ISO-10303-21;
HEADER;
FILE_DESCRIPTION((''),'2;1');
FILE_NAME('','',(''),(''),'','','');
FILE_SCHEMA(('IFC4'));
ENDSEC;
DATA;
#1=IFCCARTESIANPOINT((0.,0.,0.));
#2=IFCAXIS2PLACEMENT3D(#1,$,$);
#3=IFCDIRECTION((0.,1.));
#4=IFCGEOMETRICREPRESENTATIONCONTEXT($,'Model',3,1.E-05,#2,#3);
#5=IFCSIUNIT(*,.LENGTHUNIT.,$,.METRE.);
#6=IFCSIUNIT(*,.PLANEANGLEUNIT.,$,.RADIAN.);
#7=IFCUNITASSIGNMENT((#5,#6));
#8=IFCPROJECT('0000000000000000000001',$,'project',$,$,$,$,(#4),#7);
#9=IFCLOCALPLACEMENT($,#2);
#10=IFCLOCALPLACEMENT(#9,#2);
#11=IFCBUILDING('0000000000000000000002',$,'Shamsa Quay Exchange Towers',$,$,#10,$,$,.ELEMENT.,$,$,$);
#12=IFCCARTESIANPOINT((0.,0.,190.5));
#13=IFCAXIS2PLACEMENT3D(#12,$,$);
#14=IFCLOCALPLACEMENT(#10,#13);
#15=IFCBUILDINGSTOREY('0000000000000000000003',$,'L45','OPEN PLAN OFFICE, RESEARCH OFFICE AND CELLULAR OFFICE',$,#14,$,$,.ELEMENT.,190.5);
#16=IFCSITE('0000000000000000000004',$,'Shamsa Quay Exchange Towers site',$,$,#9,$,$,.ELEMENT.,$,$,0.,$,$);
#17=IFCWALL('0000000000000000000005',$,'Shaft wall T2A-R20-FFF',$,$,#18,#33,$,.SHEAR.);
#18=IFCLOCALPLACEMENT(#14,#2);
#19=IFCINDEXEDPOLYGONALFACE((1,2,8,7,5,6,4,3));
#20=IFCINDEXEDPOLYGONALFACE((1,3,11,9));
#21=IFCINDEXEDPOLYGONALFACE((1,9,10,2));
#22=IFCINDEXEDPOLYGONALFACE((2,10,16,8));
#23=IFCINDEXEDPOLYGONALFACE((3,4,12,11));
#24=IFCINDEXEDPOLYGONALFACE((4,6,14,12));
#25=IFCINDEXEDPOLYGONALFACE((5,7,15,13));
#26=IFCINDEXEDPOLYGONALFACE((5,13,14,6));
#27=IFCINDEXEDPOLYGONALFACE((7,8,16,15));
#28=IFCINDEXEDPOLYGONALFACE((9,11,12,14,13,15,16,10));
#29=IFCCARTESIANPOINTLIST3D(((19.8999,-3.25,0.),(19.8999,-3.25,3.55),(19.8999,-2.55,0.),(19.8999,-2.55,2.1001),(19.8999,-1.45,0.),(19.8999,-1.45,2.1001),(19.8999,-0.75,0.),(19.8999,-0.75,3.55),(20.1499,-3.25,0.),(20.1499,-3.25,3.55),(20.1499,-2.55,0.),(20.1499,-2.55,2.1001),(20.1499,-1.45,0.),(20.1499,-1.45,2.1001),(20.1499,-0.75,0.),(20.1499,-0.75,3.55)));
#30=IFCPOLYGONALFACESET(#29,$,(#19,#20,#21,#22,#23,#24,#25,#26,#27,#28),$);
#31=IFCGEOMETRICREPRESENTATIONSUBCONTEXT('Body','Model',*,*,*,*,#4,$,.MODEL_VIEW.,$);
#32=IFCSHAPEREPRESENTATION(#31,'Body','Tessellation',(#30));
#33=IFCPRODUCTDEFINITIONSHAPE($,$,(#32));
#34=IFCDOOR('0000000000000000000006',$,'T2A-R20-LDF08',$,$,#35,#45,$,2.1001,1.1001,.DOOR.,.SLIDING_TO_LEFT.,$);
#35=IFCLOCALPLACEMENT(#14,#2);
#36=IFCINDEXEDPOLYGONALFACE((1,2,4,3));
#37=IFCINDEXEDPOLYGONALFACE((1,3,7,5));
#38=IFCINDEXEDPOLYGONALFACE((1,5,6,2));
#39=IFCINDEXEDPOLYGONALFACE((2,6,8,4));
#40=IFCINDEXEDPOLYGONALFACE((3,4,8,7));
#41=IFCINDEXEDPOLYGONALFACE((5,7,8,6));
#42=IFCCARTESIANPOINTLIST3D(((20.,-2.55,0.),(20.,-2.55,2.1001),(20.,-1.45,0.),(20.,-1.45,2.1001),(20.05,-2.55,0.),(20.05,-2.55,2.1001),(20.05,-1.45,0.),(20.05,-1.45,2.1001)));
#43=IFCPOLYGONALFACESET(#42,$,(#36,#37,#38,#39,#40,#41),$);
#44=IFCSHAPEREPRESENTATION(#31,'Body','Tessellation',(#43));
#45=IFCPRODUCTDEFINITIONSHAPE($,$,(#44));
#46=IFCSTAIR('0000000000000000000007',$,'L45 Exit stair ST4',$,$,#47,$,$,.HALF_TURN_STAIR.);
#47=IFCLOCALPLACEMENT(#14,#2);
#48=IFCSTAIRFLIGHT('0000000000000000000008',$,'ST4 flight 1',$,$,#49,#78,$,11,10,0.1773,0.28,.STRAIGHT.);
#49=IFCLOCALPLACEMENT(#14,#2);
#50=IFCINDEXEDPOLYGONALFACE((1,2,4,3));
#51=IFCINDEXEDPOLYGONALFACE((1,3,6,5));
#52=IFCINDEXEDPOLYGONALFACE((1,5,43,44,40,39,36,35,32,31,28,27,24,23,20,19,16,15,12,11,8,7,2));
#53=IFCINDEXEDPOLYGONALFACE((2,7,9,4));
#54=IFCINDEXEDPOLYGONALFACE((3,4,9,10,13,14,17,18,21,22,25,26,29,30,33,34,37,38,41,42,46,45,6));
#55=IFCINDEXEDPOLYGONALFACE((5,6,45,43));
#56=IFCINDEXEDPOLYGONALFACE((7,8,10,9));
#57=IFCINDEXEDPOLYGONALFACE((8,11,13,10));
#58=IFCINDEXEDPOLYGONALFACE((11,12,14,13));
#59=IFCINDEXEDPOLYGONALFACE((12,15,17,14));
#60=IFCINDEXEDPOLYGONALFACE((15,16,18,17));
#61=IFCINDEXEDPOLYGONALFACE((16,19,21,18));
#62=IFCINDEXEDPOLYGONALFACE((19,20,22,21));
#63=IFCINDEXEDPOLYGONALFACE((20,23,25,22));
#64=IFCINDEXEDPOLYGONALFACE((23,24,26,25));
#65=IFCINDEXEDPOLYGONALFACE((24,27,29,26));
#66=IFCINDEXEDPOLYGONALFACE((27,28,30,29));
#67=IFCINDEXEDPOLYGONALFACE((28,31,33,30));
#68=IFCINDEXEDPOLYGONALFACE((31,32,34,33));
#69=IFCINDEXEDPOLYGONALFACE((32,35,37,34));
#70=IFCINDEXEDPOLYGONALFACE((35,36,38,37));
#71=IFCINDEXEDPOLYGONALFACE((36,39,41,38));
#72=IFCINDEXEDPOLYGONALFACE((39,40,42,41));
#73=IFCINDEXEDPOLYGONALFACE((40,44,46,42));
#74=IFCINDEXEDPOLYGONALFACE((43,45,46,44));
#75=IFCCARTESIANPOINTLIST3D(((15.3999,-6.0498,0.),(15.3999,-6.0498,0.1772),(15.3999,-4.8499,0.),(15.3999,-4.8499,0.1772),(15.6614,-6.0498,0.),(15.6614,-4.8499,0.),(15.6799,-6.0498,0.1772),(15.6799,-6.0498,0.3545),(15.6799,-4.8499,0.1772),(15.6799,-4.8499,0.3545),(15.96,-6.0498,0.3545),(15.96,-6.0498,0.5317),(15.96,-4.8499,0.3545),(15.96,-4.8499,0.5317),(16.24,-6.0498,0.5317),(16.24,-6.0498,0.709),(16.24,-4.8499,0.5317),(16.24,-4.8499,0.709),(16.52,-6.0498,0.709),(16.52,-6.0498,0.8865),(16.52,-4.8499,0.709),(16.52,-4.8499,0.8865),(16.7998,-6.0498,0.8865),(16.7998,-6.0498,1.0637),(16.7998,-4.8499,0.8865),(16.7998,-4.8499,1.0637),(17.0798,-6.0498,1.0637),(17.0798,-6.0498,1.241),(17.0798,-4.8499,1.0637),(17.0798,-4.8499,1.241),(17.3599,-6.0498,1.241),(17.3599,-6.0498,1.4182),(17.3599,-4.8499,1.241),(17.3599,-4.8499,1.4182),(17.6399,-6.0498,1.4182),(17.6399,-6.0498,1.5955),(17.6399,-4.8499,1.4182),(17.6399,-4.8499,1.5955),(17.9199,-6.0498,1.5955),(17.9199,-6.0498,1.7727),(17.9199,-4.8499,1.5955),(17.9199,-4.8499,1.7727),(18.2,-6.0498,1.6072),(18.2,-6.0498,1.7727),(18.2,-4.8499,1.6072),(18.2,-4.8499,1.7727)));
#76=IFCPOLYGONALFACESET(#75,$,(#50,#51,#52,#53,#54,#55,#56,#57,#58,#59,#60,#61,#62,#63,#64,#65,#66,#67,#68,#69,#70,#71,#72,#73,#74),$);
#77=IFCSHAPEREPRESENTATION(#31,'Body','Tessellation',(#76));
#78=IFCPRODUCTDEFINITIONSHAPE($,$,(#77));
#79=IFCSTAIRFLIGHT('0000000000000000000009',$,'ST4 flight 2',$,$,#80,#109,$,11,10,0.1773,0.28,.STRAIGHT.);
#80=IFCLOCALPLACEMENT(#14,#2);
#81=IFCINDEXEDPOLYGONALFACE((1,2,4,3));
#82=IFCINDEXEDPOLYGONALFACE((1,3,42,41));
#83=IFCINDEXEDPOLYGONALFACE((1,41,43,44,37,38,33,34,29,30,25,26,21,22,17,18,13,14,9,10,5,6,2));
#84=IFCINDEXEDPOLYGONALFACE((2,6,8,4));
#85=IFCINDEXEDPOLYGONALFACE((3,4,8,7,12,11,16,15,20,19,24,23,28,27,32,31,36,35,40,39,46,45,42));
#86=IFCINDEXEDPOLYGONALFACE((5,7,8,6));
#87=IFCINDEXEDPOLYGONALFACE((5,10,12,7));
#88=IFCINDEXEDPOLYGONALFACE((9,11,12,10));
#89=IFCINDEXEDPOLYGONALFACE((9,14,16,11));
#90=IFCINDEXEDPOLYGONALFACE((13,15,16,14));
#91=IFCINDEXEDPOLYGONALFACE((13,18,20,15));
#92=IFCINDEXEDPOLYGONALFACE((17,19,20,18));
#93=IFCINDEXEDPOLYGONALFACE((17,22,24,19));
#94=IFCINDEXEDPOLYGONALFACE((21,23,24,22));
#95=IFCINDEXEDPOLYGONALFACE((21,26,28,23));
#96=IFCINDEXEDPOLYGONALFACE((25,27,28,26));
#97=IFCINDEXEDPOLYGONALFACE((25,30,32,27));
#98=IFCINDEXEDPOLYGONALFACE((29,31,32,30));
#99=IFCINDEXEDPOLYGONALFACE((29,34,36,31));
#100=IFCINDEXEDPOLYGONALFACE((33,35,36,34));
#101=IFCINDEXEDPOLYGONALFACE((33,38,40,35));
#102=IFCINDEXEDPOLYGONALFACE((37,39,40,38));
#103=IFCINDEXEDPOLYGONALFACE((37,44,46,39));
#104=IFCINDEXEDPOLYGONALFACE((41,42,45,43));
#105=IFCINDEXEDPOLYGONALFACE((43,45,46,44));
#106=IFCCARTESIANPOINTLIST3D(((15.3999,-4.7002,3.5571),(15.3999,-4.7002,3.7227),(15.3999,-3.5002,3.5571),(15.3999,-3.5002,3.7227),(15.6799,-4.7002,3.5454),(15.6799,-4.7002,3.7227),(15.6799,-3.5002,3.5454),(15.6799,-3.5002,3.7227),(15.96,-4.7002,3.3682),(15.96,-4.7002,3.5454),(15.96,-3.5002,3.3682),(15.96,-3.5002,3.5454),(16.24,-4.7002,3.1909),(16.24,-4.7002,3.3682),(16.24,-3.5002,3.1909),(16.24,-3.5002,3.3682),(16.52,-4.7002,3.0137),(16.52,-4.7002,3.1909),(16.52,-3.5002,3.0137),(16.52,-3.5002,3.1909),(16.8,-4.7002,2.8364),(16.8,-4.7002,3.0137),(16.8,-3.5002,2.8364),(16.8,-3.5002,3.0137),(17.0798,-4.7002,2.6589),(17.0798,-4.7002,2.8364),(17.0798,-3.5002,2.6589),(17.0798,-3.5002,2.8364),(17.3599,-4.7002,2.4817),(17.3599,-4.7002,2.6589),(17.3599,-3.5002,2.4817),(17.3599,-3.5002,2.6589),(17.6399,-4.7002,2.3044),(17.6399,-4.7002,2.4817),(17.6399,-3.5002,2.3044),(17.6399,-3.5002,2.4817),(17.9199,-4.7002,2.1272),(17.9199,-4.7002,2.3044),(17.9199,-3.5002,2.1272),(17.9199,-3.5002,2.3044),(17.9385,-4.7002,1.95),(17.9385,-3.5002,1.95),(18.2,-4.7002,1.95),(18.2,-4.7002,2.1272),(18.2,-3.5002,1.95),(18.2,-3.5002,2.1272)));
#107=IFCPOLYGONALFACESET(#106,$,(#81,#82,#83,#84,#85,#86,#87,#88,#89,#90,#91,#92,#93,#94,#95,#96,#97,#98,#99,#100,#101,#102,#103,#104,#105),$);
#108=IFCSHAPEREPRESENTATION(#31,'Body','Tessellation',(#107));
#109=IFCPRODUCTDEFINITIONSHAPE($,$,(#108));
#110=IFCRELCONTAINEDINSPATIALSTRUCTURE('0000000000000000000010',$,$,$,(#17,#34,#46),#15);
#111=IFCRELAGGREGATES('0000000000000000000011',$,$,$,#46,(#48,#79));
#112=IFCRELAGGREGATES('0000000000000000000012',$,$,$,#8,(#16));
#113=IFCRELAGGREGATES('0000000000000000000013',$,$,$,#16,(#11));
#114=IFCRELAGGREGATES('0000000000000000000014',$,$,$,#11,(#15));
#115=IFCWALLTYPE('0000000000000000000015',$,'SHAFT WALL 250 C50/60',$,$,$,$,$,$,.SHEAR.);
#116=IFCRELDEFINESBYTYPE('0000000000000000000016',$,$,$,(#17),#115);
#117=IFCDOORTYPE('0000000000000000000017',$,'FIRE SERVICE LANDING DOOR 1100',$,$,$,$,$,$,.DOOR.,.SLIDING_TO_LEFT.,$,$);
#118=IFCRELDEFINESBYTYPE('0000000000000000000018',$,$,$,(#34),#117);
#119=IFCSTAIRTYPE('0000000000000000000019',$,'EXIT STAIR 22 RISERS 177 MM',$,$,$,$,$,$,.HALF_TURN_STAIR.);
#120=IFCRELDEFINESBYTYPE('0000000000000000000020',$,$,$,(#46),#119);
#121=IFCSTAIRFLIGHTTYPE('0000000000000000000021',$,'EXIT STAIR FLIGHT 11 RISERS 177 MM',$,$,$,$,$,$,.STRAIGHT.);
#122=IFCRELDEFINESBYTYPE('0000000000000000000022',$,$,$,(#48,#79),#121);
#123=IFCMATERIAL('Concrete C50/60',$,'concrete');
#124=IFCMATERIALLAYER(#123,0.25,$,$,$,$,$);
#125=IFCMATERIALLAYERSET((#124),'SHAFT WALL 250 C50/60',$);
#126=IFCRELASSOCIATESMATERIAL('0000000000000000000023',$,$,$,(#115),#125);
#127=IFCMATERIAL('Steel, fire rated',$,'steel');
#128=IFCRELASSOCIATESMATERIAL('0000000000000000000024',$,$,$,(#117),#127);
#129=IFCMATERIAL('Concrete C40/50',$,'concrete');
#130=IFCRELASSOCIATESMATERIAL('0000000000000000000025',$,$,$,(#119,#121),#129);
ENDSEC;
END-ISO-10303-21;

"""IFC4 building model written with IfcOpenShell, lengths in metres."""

from ifc_helpers import new_model, si_unit, direction, frame, frame_2d, origin, place, context, subcontext, project, spatial, polyline, rectangle, outline, extrude, material, layer, layer_set, type_object, element, fill, aggregate, save


model = new_model("IFC4")

# Units and contexts
model_context = context("Model", 3, precision=1e-05, world=origin(), true_north=direction((0.0, 1.0)))
body_context = subcontext(model_context, "Body", "Model", "MODEL_VIEW")
ifc_project = project(units=[si_unit("LENGTHUNIT", "METRE"), si_unit("PLANEANGLEUNIT", "RADIAN")], contexts=[model_context])

# Site, building, storey
site_placement = place(None, origin())
site = spatial("IfcSite", under=ifc_project, at=site_placement, Name="Shamsa Quay Exchange Towers site", CompositionType="ELEMENT", RefElevation=0.0)
building_placement = place(site_placement, origin())
building = spatial("IfcBuilding", under=site, at=building_placement, Name="Shamsa Quay Exchange Towers", CompositionType="ELEMENT")
storey_placement = place(building_placement, frame((0.0, 0.0, 190.5)))
storey = spatial("IfcBuildingStorey", under=building, at=storey_placement, Name="L45", Description="OPEN PLAN OFFICE, RESEARCH OFFICE AND CELLULAR OFFICE", CompositionType="ELEMENT", Elevation=190.5)

# Shared definitions
ifc_material_1 = material(Name="Concrete C50/60", Category="concrete")
ifc_layer_1 = layer(ifc_material_1, 0.25)
ifc_layer_set_1 = layer_set([ifc_layer_1], Name="SHAFT WALL 250 C50/60")
wall_type_1 = type_object("IfcWallType", Name="SHAFT WALL 250 C50/60", PredefinedType="SHEAR", material=ifc_layer_set_1)

# Wall, opening, door
wall_1_placement = place(storey_placement, frame((20.0249, -3.25, 0.0), z_axis=(0.0, 0.0, 1.0), x_axis=(0.0, 1.0, 0.0)))
wall_1 = element("IfcWall", 1, at=wall_1_placement, inside=storey, type_object=wall_type_1, Name="Shaft wall T2A-R20-FFF", PredefinedType="SHEAR", context=body_context, shape_type="SweptSolid", body=[
    extrude(rectangle(XDim=2.5, YDim=0.25, at=frame_2d((1.25, 0.0))), origin(), (0.0, 0.0, 1.0), 3.55),
])
opening_placement = place(wall_1_placement, frame((0.7, 0.0, 0.0)))
opening = element("IfcOpeningElement", 2, at=opening_placement, cuts=wall_1, PredefinedType="OPENING", context=body_context, shape_type="SweptSolid", body=[
    extrude(rectangle(XDim=1.1001, YDim=2.1001, at=frame_2d((0.55, 1.05))), frame((0.0, 0.135, 0.0), z_axis=(0.0, -1.0, 0.0), x_axis=(1.0, 0.0, 0.0)), (0.0, 0.0, 1.0), 0.27),
])
ifc_material_2 = material(Name="Steel, fire rated", Category="steel")
door_type = type_object("IfcDoorType", Name="FIRE SERVICE LANDING DOOR 1100", OperationType="SLIDING_TO_LEFT", PredefinedType="DOOR", material=ifc_material_2)
door_placement = place(opening_placement, origin())
door = element("IfcDoor", 3, at=door_placement, inside=storey, type_object=door_type, Name="T2A-R20-LDF08", OperationType="SLIDING_TO_LEFT", OverallHeight=2.1001, OverallWidth=1.1001, PredefinedType="DOOR", context=body_context, shape_type="SweptSolid", body=[
    extrude(rectangle(XDim=1.1001, YDim=2.1001, at=frame_2d((0.55, 1.05))), frame((0.0, 0.0249, 0.0), z_axis=(0.0, -1.0, 0.0), x_axis=(1.0, 0.0, 0.0)), (0.0, 0.0, 1.0), 0.05),
])
fill(opening, door)

# Stair, stair flights
ifc_material_3 = material(Name="Concrete C40/50", Category="concrete")
stair_type = type_object("IfcStairType", Name="EXIT STAIR 22 RISERS 177 MM", PredefinedType="HALF_TURN_STAIR", material=ifc_material_3)
stair_placement = place(storey_placement, origin())
stair = element("IfcStair", 4, at=stair_placement, inside=storey, type_object=stair_type, Name="L45 Exit stair ST4", PredefinedType="HALF_TURN_STAIR")
stair_flight_type = type_object("IfcStairFlightType", Name="EXIT STAIR FLIGHT 11 RISERS 177 MM", PredefinedType="STRAIGHT", material=ifc_material_3)
stair_flight_1_placement = place(storey_placement, frame((15.3999, -5.45, 0.0)))
stair_flight_1 = element("IfcStairFlight", 5, at=stair_flight_1_placement, type_object=stair_flight_type, Name="ST4 flight 1", NumberOfRisers=11, NumberOfTreads=10, PredefinedType="STRAIGHT", RiserHeight=0.1773, TreadLength=0.28, context=body_context, shape_type="SweptSolid", body=[
    extrude(outline(polyline([(0.0, 0.0), (0.0, 0.1772), (0.28, 0.1772), (0.28, 0.3545), (0.5601, 0.3545), (0.5601, 0.5317), (0.8401, 0.5317), (0.8401, 0.709), (1.1201, 0.709), (1.1201, 0.8865), (1.3999, 0.8865), (1.3999, 1.0637), (1.6799, 1.0637), (1.6799, 1.241), (1.96, 1.241), (1.96, 1.4182), (2.24, 1.4182), (2.24, 1.5955), (2.52, 1.5955), (2.52, 1.7727), (2.8, 1.7727), (2.8, 1.95), (2.8, 1.6072), (0.2615, 0.0), (0.0, 0.0)])), frame((0.0, 0.6001, 0.0), z_axis=(0.0, -1.0, 0.0), x_axis=(1.0, 0.0, 0.0)), (0.0, 0.0, 1.0), 1.2),
])
stair_flight_2_placement = place(storey_placement, frame((18.2, -4.1001, 1.95), z_axis=(0.0, 0.0, 1.0), x_axis=(-1.0, 0.0, 0.0)))
stair_flight_2 = element("IfcStairFlight", 6, at=stair_flight_2_placement, type_object=stair_flight_type, Name="ST4 flight 2", NumberOfRisers=11, NumberOfTreads=10, PredefinedType="STRAIGHT", RiserHeight=0.1773, TreadLength=0.28, context=body_context, shape_type="SweptSolid", body=[
    extrude(outline(polyline([(0.0, 0.0), (0.0, 0.1772), (0.28, 0.1772), (0.28, 0.3545), (0.5601, 0.3545), (0.5601, 0.5317), (0.8401, 0.5317), (0.8401, 0.709), (1.1201, 0.709), (1.1201, 0.8865), (1.3999, 0.8865), (1.3999, 1.0637), (1.6799, 1.0637), (1.6799, 1.241), (1.96, 1.241), (1.96, 1.4182), (2.24, 1.4182), (2.24, 1.5955), (2.52, 1.5955), (2.52, 1.7727), (2.8, 1.7727), (2.8, 1.95), (2.8, 1.6072), (0.2615, 0.0), (0.0, 0.0)])), frame((0.0, 0.6001, 0.0), z_axis=(0.0, -1.0, 0.0), x_axis=(1.0, 0.0, 0.0)), (0.0, 0.0, 1.0), 1.2),
])
aggregate(stair, [stair_flight_1, stair_flight_2])

save(model, "model.ifc")
